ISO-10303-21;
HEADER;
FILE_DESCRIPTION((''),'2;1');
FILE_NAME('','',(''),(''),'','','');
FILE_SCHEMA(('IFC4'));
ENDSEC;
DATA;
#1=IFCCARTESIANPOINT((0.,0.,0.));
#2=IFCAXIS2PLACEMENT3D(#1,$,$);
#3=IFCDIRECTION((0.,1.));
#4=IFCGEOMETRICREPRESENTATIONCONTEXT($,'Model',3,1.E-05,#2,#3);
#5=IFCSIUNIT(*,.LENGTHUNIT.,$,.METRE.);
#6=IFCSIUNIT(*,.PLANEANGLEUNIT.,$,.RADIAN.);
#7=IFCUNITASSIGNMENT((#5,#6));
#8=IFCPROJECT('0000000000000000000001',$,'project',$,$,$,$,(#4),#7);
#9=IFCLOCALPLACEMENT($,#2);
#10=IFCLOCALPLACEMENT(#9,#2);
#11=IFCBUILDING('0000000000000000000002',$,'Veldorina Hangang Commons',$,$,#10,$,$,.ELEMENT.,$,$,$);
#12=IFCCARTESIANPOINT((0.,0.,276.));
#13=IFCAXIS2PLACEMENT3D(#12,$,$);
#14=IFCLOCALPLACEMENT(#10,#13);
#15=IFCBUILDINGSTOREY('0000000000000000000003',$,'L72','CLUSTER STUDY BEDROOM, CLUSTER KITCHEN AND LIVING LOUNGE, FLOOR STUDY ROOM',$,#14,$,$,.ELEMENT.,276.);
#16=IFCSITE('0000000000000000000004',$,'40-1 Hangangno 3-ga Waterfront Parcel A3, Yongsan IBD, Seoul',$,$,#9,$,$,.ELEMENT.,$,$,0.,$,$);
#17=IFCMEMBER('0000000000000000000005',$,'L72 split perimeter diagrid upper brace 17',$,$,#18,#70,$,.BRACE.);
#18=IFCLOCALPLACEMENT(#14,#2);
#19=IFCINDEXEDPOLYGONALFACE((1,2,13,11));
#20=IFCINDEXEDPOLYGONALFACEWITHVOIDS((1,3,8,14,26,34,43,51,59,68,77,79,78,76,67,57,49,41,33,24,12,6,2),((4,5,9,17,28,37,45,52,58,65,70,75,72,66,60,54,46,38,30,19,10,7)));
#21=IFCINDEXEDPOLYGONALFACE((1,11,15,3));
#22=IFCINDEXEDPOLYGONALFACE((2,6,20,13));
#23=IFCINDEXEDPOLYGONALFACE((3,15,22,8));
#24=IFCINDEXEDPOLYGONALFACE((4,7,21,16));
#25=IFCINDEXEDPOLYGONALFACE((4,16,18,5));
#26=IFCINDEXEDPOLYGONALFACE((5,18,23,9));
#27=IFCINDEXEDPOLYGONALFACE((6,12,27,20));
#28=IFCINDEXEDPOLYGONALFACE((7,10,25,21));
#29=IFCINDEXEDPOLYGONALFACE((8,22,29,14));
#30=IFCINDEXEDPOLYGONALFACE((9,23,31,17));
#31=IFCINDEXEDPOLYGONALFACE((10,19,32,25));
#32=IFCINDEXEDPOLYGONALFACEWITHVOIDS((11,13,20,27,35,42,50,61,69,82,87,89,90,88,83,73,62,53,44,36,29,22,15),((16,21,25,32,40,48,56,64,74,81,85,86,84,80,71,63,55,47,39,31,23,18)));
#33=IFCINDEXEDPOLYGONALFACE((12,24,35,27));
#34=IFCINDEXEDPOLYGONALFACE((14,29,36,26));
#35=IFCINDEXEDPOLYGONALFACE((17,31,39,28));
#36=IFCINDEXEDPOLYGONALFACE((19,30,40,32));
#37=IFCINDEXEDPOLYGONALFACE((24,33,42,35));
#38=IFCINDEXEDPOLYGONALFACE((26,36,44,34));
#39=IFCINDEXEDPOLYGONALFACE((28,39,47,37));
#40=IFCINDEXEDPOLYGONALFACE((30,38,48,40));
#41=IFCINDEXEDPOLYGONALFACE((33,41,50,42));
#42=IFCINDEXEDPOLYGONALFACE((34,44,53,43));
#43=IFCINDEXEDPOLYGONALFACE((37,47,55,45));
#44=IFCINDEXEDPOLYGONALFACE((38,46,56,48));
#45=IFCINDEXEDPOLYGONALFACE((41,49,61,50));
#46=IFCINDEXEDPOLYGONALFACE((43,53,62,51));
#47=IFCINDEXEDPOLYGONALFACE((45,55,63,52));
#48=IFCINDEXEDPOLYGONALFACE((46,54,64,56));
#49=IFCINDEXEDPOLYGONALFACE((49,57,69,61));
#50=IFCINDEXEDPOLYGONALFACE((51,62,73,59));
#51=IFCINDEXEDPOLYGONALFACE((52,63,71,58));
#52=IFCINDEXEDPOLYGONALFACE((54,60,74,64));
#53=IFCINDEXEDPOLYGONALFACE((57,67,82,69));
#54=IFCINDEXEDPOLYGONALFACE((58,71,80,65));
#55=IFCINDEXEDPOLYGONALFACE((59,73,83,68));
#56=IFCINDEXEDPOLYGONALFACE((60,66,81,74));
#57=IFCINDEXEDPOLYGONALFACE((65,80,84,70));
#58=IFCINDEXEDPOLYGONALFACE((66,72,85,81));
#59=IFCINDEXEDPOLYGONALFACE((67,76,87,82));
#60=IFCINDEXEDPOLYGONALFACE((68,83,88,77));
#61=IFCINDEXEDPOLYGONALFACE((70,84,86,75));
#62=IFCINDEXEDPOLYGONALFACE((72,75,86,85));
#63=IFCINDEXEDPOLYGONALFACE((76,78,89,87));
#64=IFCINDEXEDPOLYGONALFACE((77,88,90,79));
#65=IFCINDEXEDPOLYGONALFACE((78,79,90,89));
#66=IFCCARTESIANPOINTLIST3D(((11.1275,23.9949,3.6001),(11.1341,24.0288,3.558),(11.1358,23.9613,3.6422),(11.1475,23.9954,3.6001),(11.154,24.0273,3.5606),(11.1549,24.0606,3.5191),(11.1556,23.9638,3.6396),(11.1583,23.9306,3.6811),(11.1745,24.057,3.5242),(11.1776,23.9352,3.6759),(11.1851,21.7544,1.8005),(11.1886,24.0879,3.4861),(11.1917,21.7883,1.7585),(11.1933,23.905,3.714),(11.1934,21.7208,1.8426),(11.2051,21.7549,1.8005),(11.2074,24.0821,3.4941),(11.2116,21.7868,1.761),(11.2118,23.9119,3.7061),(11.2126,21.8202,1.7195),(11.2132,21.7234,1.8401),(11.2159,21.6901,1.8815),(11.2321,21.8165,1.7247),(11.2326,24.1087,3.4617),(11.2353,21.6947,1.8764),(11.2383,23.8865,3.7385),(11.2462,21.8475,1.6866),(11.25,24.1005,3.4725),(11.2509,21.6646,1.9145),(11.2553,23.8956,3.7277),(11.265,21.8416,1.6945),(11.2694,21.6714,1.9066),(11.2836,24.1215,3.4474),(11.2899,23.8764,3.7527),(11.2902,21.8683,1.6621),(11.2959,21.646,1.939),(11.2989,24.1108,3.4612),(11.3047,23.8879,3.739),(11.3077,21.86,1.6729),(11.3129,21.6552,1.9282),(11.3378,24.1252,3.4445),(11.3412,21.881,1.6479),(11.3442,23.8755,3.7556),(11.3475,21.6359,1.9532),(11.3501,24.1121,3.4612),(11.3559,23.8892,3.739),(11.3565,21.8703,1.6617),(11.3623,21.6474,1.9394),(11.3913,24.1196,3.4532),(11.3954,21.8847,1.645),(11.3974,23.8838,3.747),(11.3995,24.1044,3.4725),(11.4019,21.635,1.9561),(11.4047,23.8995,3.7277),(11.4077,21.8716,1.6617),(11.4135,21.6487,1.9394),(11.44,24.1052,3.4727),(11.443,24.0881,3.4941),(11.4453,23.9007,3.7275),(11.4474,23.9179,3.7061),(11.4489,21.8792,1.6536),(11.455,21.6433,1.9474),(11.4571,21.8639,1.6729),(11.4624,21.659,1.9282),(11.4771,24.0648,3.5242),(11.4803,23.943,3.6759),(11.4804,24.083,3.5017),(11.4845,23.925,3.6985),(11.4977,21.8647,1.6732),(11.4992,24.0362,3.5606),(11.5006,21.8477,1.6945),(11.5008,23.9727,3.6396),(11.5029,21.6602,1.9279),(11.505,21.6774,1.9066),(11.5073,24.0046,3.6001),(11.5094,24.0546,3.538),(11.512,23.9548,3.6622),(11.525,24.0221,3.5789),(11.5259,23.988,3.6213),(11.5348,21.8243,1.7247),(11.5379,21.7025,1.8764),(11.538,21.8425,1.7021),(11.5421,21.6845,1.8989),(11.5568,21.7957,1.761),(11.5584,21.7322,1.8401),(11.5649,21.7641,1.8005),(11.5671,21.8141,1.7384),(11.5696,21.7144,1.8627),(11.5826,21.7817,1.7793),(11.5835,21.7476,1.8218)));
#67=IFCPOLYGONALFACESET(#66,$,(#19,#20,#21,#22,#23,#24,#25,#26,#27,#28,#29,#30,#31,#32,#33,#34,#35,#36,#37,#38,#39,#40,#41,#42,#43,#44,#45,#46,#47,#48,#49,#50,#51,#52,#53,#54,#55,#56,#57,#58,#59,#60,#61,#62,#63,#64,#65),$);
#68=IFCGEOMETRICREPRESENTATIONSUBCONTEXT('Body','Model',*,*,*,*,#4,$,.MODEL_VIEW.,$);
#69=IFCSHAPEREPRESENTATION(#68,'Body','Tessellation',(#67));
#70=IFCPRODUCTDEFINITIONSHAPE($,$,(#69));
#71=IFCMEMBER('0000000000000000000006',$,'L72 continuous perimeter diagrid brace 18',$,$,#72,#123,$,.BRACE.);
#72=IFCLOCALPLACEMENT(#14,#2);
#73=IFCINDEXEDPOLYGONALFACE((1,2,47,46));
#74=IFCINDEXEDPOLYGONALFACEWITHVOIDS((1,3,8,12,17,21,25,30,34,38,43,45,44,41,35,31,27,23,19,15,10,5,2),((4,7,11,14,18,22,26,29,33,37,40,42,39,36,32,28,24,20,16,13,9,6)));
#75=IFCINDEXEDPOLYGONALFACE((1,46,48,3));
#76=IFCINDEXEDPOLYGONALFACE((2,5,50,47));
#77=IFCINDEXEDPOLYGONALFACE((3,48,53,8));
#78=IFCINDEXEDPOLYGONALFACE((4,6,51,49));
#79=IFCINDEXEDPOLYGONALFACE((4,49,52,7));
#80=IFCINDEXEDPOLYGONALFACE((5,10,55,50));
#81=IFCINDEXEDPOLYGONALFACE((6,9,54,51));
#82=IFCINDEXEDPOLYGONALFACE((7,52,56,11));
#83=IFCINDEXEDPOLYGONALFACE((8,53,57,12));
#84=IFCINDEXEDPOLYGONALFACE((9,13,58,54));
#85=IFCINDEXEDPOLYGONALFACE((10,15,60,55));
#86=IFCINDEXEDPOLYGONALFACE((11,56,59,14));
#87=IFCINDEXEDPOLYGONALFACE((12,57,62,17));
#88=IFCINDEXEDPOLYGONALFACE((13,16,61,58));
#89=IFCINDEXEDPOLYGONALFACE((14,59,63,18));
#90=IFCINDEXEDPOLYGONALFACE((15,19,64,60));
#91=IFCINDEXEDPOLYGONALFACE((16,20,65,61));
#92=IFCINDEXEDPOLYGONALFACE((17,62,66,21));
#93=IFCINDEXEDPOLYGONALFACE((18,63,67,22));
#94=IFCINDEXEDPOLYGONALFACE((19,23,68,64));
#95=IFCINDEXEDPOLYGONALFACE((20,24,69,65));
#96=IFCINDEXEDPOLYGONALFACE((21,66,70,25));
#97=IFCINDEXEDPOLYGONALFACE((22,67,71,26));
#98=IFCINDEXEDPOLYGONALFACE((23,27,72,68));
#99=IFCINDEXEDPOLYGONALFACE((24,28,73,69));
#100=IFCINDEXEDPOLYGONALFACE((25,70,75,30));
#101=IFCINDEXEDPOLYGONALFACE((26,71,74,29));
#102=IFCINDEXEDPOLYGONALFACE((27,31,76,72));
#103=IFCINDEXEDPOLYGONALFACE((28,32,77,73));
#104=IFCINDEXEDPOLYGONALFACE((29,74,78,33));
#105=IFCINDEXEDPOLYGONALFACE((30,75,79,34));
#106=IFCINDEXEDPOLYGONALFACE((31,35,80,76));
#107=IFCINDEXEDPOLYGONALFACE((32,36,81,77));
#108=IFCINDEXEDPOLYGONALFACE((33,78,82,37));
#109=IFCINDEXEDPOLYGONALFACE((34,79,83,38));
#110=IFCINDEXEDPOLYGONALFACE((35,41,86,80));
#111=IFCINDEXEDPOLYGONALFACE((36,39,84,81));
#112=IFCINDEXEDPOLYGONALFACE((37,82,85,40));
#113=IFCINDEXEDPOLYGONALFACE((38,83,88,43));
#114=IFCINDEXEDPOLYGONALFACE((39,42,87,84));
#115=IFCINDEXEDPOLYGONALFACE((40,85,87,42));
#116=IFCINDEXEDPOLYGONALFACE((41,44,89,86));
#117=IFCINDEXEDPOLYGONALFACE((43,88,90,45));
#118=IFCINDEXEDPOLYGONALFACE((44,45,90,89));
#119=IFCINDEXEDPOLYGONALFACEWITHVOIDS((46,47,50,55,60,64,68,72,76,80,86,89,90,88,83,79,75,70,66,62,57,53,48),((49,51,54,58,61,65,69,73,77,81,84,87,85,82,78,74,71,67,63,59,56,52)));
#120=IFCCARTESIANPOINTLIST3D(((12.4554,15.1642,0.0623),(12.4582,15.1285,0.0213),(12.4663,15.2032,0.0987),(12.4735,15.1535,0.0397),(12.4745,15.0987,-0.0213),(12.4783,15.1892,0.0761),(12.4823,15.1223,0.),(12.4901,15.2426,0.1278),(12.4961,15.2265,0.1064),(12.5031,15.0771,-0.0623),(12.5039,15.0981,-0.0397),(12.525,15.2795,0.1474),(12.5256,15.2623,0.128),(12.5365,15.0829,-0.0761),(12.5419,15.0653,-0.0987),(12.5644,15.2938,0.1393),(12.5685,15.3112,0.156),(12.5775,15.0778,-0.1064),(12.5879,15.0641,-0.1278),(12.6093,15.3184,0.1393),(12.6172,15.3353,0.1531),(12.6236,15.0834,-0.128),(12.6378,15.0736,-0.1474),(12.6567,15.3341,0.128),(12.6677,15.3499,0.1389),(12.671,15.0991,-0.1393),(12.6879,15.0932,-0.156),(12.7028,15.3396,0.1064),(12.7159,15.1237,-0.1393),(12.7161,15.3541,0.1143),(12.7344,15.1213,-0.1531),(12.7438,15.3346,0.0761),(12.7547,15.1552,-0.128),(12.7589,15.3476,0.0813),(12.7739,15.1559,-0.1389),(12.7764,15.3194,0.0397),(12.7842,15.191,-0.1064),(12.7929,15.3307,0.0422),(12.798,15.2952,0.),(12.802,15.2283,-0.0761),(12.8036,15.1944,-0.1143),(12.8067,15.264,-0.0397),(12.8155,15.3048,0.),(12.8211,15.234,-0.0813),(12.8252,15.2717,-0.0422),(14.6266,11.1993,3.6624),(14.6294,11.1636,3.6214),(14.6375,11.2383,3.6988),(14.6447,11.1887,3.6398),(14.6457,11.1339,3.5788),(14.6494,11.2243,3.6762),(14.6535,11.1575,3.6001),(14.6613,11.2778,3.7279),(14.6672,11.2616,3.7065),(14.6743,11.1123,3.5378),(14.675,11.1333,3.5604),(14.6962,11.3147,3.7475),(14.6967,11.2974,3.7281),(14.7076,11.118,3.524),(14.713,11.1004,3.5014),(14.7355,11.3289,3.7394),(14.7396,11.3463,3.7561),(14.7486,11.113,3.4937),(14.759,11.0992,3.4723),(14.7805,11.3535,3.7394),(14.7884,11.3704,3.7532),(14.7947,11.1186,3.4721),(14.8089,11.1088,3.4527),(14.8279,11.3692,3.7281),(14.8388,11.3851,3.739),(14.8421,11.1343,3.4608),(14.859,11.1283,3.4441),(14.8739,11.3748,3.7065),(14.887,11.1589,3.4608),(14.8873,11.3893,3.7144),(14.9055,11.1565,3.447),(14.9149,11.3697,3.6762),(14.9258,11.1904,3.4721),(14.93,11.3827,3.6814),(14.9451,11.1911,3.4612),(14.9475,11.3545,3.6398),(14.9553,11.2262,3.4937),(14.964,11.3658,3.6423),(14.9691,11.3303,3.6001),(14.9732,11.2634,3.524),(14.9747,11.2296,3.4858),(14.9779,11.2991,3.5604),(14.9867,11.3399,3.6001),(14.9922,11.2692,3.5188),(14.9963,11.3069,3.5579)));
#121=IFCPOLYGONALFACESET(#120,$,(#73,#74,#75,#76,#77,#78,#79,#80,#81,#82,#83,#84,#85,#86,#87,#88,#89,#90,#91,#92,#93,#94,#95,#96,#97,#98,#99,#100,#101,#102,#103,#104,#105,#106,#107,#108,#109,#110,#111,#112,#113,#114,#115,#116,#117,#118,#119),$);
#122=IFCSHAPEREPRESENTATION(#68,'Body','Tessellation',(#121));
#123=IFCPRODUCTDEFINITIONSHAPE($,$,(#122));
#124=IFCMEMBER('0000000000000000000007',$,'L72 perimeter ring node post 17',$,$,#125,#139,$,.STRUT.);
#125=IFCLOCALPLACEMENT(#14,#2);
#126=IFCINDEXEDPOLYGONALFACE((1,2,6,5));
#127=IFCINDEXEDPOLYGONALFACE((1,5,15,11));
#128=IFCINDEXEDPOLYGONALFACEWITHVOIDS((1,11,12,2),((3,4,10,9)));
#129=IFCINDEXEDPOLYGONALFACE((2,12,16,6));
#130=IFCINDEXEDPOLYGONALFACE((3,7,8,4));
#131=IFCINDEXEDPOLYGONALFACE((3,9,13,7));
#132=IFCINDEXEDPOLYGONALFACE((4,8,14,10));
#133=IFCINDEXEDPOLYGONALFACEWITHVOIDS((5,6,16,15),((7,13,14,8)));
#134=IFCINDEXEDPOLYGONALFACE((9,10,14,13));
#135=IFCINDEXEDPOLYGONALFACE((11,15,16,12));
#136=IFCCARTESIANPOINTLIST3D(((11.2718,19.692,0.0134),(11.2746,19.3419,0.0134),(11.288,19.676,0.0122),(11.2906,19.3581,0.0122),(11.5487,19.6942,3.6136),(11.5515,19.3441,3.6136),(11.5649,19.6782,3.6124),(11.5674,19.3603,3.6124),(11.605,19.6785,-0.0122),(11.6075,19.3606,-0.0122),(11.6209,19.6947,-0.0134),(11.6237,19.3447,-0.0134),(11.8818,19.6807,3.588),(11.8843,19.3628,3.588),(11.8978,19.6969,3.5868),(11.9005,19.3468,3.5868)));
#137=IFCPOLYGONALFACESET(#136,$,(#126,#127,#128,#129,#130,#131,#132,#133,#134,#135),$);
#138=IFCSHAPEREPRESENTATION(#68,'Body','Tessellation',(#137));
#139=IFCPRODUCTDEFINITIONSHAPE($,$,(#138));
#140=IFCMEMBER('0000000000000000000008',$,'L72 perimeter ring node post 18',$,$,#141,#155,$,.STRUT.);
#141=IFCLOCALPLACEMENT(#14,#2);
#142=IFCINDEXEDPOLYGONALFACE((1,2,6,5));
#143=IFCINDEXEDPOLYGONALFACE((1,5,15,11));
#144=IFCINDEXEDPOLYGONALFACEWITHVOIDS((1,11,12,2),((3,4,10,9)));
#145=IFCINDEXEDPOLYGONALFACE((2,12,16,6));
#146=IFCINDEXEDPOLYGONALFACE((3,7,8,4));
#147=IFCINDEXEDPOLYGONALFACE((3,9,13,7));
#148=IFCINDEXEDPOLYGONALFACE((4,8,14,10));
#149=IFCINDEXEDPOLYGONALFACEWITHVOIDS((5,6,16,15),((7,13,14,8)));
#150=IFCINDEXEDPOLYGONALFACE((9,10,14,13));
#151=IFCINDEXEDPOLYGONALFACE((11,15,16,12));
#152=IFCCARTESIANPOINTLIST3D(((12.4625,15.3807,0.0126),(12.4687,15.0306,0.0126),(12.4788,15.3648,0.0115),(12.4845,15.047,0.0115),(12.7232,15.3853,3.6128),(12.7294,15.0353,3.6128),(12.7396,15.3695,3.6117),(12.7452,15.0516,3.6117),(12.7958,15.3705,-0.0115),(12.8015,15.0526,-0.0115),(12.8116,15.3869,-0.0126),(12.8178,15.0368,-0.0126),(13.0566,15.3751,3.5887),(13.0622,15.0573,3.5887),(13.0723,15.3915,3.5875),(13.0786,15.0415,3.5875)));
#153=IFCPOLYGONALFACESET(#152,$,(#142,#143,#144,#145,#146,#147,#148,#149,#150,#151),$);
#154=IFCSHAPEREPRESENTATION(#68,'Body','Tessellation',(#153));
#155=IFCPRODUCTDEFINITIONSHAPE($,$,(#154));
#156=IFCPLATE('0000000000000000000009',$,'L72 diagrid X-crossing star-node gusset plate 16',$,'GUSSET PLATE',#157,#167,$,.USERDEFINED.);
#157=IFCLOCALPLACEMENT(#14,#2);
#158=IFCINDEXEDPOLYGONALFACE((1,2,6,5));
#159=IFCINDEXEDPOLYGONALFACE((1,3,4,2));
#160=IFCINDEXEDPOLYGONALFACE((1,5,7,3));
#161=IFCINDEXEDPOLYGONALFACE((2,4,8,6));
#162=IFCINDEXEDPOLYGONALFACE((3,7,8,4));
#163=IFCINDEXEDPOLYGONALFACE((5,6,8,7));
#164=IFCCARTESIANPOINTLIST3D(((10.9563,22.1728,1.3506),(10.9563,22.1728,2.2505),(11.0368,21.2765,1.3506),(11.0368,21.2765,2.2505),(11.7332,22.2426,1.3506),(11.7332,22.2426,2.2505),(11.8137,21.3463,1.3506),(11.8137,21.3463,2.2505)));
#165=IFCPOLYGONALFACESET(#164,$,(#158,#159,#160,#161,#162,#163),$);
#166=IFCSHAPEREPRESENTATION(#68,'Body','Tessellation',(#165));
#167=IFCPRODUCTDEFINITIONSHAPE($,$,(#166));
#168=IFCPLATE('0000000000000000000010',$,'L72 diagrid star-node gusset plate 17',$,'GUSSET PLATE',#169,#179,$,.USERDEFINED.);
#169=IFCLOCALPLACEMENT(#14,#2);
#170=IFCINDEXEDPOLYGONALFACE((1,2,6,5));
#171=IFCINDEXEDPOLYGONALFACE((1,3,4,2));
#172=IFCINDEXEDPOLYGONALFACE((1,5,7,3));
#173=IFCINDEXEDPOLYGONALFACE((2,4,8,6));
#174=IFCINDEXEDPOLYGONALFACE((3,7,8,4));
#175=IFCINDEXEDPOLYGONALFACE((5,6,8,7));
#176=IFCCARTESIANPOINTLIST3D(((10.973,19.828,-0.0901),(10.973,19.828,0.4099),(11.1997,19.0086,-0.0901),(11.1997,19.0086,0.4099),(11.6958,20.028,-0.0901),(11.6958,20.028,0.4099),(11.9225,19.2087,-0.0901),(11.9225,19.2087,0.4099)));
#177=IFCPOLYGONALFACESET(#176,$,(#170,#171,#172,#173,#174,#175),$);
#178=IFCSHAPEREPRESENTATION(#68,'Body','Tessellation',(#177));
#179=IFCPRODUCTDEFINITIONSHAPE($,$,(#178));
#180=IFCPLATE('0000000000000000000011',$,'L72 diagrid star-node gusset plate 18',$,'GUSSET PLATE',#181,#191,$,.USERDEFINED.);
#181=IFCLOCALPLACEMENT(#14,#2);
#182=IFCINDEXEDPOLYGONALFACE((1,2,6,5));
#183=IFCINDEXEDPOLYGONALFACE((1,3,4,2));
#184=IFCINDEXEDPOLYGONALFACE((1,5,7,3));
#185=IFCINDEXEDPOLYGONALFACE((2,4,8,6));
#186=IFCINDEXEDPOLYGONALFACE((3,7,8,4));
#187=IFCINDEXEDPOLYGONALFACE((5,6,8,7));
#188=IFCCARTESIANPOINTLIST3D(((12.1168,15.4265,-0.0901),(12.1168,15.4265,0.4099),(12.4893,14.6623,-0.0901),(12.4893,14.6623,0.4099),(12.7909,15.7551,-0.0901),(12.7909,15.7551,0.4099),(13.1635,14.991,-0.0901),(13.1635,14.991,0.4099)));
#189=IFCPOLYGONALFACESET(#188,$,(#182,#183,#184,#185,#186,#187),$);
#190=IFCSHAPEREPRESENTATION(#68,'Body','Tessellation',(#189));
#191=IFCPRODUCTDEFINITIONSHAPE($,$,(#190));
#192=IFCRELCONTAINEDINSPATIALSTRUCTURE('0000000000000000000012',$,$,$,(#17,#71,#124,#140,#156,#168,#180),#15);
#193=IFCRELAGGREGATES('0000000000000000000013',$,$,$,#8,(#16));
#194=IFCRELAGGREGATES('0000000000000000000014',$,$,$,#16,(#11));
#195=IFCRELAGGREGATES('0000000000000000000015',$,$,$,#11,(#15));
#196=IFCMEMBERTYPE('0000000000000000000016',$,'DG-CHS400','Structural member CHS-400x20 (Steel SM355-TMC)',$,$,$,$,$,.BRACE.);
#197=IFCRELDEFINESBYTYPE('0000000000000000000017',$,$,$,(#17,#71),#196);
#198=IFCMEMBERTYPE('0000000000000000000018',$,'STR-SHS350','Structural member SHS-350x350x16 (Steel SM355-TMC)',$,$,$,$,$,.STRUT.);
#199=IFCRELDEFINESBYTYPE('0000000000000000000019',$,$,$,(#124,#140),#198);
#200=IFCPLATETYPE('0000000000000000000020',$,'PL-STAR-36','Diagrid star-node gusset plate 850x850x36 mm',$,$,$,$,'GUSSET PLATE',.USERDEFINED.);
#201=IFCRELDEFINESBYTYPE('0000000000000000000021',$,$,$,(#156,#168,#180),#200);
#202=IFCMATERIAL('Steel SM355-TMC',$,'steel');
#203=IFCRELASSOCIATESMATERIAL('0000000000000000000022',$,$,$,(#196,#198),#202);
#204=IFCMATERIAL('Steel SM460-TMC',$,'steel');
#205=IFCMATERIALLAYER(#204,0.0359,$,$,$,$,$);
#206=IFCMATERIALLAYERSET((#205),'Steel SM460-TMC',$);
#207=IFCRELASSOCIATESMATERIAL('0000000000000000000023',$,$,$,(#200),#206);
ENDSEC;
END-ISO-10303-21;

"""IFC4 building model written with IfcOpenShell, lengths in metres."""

from ifc_helpers import new_model, si_unit, direction, frame, origin, origin_2d, place, context, subcontext, project, spatial, rectangle, hollow_rectangle, hollow_circle, extrude, material, layer, layer_set, material_profile, profile_set, type_object, element, save


model = new_model("IFC4")

# Units and contexts
model_context = context("Model", 3, precision=1e-05, world=origin(), true_north=direction((0.0, 1.0)))
body_context = subcontext(model_context, "Body", "Model", "MODEL_VIEW")
ifc_project = project(units=[si_unit("LENGTHUNIT", "METRE"), si_unit("PLANEANGLEUNIT", "RADIAN")], contexts=[model_context])

# Site, building, storey
site_placement = place(None, origin())
site = spatial("IfcSite", under=ifc_project, at=site_placement, Name="40-1 Hangangno 3-ga Waterfront Parcel A3, Yongsan IBD, Seoul", CompositionType="ELEMENT", RefElevation=0.0)
building_placement = place(site_placement, origin())
building = spatial("IfcBuilding", under=site, at=building_placement, Name="Veldorina Hangang Commons", CompositionType="ELEMENT")
storey_placement = place(building_placement, frame((0.0, 0.0, 276.0)))
storey = spatial("IfcBuildingStorey", under=building, at=storey_placement, Name="L72", Description="CLUSTER STUDY BEDROOM, CLUSTER KITCHEN AND LIVING LOUNGE, FLOOR STUDY ROOM", CompositionType="ELEMENT", Elevation=276.0)

# Shared definitions
ifc_material_1 = material(Name="Steel SM355-TMC", Category="steel")

# Members
ifc_material_profile_1 = material_profile(ifc_material_1, hollow_circle(Radius=0.2, WallThickness=0.02, at=origin_2d()), Name="CHS-400x20")
ifc_profile_set_1 = profile_set([ifc_material_profile_1], Name="Steel SM355-TMC")
member_type_1 = type_object("IfcMemberType", Name="DG-CHS400", Description="Structural member CHS-400x20 (Steel SM355-TMC)", PredefinedType="BRACE", material=ifc_profile_set_1)
member_1_placement = place(storey_placement, frame((11.385, 21.7595, 1.8005), z_axis=(-0.020046, 0.779492, 0.626091), x_axis=(-0.999669, -0.025708, 0.0)))
element("IfcMember", 1, at=member_1_placement, inside=storey, type_object=member_type_1, Name="L72 split perimeter diagrid upper brace 17", PredefinedType="BRACE", context=body_context, shape_type="SweptSolid", body=[
    extrude(hollow_circle(Radius=0.2, WallThickness=0.02, at=origin_2d()), origin(), (0.0, 0.0, 1.0), 2.8743),
])
member_2_placement = place(storey_placement, frame((12.6401, 15.2087, 0.0), z_axis=(0.375708, -0.686101, 0.622983), x_axis=(0.877104, 0.480301, 0.0)))
element("IfcMember", 2, at=member_2_placement, inside=storey, type_object=member_type_1, Name="L72 continuous perimeter diagrid brace 18", PredefinedType="BRACE", context=body_context, shape_type="SweptSolid", body=[
    extrude(hollow_circle(Radius=0.2, WallThickness=0.02, at=origin_2d()), origin(), (0.0, 0.0, 1.0), 5.7788),
])
ifc_material_profile_2 = material_profile(ifc_material_1, hollow_rectangle(XDim=0.3501, YDim=0.3501, WallThickness=0.0161, at=origin_2d()), Name="SHS-350x350x16")
ifc_profile_set_2 = profile_set([ifc_material_profile_2], Name="Steel SM355-TMC")
member_type_2 = type_object("IfcMemberType", Name="STR-SHS350", Description="Structural member SHS-350x350x16 (Steel SM355-TMC)", PredefinedType="STRUT", material=ifc_profile_set_2)
member_3_placement = place(storey_placement, frame((11.4478, 19.5183, 0.0), z_axis=(0.076676, 0.000609, 0.997056), x_axis=(-0.007936, 0.999969, 0.0)))
element("IfcMember", 3, at=member_3_placement, inside=storey, type_object=member_type_2, Name="L72 perimeter ring node post 17", PredefinedType="STRUT", context=body_context, shape_type="SweptSolid", body=[
    extrude(hollow_rectangle(XDim=0.3501, YDim=0.3501, WallThickness=0.0161, at=origin_2d()), origin(), (0.0, 0.0, 1.0), 3.6108),
])
member_4_placement = place(storey_placement, frame((12.6401, 15.2087, 0.0), z_axis=(0.072237, 0.001285, 0.997387), x_axis=(-0.017787, 0.999842, 0.0)))
element("IfcMember", 4, at=member_4_placement, inside=storey, type_object=member_type_2, Name="L72 perimeter ring node post 18", PredefinedType="STRUT", context=body_context, shape_type="SweptSolid", body=[
    extrude(hollow_rectangle(XDim=0.3501, YDim=0.3501, WallThickness=0.0161, at=origin_2d()), origin(), (0.0, 0.0, 1.0), 3.6096),
])

# Plates
ifc_material_2 = material(Name="Steel SM460-TMC", Category="steel")
ifc_layer_1 = layer(ifc_material_2, 0.0359)
ifc_layer_set_1 = layer_set([ifc_layer_1], Name="Steel SM460-TMC")
plate_type = type_object("IfcPlateType", Name="PL-STAR-36", Description="Diagrid star-node gusset plate 850x850x36 mm", ElementType="GUSSET PLATE", PredefinedType="USERDEFINED", material=ifc_layer_set_1)
plate_placement = place(storey_placement, frame((11.385, 21.7595, 1.3506), z_axis=(0.0, 0.0, 1.0), x_axis=(0.089468, -0.99599, 0.0)))
element("IfcPlate", 5, at=plate_placement, inside=storey, type_object=plate_type, Name="L72 diagrid X-crossing star-node gusset plate 16", ObjectType="GUSSET PLATE", PredefinedType="USERDEFINED", context=body_context, shape_type="SweptSolid", body=[
    extrude(rectangle(XDim=0.8999, YDim=0.78, at=origin_2d()), origin(), (0.0, 0.0, 1.0), 0.8999),
])
for number, where, z_axis, x_axis, name in (
    (6, (11.4478, 19.5183, -0.0901), (0.0, 0.0, 1.0), (0.2667, -0.96378, 0.0), "L72 diagrid star-node gusset plate 17"),
    (7, (12.6401, 15.2087, -0.0901), (0.0, 0.0, 1.0), (0.438246, -0.898855, 0.0), "L72 diagrid star-node gusset plate 18"),
):
    element("IfcPlate", number, at=place(storey_placement, frame(where, z_axis=z_axis, x_axis=x_axis)), inside=storey, type_object=plate_type, Name=name, ObjectType="GUSSET PLATE", PredefinedType="USERDEFINED", context=body_context, shape_type="SweptSolid", body=[
        extrude(rectangle(XDim=0.8501, YDim=0.75, at=origin_2d()), origin(), (0.0, 0.0, 1.0), 0.5),
    ])

save(model, "model.ifc")
